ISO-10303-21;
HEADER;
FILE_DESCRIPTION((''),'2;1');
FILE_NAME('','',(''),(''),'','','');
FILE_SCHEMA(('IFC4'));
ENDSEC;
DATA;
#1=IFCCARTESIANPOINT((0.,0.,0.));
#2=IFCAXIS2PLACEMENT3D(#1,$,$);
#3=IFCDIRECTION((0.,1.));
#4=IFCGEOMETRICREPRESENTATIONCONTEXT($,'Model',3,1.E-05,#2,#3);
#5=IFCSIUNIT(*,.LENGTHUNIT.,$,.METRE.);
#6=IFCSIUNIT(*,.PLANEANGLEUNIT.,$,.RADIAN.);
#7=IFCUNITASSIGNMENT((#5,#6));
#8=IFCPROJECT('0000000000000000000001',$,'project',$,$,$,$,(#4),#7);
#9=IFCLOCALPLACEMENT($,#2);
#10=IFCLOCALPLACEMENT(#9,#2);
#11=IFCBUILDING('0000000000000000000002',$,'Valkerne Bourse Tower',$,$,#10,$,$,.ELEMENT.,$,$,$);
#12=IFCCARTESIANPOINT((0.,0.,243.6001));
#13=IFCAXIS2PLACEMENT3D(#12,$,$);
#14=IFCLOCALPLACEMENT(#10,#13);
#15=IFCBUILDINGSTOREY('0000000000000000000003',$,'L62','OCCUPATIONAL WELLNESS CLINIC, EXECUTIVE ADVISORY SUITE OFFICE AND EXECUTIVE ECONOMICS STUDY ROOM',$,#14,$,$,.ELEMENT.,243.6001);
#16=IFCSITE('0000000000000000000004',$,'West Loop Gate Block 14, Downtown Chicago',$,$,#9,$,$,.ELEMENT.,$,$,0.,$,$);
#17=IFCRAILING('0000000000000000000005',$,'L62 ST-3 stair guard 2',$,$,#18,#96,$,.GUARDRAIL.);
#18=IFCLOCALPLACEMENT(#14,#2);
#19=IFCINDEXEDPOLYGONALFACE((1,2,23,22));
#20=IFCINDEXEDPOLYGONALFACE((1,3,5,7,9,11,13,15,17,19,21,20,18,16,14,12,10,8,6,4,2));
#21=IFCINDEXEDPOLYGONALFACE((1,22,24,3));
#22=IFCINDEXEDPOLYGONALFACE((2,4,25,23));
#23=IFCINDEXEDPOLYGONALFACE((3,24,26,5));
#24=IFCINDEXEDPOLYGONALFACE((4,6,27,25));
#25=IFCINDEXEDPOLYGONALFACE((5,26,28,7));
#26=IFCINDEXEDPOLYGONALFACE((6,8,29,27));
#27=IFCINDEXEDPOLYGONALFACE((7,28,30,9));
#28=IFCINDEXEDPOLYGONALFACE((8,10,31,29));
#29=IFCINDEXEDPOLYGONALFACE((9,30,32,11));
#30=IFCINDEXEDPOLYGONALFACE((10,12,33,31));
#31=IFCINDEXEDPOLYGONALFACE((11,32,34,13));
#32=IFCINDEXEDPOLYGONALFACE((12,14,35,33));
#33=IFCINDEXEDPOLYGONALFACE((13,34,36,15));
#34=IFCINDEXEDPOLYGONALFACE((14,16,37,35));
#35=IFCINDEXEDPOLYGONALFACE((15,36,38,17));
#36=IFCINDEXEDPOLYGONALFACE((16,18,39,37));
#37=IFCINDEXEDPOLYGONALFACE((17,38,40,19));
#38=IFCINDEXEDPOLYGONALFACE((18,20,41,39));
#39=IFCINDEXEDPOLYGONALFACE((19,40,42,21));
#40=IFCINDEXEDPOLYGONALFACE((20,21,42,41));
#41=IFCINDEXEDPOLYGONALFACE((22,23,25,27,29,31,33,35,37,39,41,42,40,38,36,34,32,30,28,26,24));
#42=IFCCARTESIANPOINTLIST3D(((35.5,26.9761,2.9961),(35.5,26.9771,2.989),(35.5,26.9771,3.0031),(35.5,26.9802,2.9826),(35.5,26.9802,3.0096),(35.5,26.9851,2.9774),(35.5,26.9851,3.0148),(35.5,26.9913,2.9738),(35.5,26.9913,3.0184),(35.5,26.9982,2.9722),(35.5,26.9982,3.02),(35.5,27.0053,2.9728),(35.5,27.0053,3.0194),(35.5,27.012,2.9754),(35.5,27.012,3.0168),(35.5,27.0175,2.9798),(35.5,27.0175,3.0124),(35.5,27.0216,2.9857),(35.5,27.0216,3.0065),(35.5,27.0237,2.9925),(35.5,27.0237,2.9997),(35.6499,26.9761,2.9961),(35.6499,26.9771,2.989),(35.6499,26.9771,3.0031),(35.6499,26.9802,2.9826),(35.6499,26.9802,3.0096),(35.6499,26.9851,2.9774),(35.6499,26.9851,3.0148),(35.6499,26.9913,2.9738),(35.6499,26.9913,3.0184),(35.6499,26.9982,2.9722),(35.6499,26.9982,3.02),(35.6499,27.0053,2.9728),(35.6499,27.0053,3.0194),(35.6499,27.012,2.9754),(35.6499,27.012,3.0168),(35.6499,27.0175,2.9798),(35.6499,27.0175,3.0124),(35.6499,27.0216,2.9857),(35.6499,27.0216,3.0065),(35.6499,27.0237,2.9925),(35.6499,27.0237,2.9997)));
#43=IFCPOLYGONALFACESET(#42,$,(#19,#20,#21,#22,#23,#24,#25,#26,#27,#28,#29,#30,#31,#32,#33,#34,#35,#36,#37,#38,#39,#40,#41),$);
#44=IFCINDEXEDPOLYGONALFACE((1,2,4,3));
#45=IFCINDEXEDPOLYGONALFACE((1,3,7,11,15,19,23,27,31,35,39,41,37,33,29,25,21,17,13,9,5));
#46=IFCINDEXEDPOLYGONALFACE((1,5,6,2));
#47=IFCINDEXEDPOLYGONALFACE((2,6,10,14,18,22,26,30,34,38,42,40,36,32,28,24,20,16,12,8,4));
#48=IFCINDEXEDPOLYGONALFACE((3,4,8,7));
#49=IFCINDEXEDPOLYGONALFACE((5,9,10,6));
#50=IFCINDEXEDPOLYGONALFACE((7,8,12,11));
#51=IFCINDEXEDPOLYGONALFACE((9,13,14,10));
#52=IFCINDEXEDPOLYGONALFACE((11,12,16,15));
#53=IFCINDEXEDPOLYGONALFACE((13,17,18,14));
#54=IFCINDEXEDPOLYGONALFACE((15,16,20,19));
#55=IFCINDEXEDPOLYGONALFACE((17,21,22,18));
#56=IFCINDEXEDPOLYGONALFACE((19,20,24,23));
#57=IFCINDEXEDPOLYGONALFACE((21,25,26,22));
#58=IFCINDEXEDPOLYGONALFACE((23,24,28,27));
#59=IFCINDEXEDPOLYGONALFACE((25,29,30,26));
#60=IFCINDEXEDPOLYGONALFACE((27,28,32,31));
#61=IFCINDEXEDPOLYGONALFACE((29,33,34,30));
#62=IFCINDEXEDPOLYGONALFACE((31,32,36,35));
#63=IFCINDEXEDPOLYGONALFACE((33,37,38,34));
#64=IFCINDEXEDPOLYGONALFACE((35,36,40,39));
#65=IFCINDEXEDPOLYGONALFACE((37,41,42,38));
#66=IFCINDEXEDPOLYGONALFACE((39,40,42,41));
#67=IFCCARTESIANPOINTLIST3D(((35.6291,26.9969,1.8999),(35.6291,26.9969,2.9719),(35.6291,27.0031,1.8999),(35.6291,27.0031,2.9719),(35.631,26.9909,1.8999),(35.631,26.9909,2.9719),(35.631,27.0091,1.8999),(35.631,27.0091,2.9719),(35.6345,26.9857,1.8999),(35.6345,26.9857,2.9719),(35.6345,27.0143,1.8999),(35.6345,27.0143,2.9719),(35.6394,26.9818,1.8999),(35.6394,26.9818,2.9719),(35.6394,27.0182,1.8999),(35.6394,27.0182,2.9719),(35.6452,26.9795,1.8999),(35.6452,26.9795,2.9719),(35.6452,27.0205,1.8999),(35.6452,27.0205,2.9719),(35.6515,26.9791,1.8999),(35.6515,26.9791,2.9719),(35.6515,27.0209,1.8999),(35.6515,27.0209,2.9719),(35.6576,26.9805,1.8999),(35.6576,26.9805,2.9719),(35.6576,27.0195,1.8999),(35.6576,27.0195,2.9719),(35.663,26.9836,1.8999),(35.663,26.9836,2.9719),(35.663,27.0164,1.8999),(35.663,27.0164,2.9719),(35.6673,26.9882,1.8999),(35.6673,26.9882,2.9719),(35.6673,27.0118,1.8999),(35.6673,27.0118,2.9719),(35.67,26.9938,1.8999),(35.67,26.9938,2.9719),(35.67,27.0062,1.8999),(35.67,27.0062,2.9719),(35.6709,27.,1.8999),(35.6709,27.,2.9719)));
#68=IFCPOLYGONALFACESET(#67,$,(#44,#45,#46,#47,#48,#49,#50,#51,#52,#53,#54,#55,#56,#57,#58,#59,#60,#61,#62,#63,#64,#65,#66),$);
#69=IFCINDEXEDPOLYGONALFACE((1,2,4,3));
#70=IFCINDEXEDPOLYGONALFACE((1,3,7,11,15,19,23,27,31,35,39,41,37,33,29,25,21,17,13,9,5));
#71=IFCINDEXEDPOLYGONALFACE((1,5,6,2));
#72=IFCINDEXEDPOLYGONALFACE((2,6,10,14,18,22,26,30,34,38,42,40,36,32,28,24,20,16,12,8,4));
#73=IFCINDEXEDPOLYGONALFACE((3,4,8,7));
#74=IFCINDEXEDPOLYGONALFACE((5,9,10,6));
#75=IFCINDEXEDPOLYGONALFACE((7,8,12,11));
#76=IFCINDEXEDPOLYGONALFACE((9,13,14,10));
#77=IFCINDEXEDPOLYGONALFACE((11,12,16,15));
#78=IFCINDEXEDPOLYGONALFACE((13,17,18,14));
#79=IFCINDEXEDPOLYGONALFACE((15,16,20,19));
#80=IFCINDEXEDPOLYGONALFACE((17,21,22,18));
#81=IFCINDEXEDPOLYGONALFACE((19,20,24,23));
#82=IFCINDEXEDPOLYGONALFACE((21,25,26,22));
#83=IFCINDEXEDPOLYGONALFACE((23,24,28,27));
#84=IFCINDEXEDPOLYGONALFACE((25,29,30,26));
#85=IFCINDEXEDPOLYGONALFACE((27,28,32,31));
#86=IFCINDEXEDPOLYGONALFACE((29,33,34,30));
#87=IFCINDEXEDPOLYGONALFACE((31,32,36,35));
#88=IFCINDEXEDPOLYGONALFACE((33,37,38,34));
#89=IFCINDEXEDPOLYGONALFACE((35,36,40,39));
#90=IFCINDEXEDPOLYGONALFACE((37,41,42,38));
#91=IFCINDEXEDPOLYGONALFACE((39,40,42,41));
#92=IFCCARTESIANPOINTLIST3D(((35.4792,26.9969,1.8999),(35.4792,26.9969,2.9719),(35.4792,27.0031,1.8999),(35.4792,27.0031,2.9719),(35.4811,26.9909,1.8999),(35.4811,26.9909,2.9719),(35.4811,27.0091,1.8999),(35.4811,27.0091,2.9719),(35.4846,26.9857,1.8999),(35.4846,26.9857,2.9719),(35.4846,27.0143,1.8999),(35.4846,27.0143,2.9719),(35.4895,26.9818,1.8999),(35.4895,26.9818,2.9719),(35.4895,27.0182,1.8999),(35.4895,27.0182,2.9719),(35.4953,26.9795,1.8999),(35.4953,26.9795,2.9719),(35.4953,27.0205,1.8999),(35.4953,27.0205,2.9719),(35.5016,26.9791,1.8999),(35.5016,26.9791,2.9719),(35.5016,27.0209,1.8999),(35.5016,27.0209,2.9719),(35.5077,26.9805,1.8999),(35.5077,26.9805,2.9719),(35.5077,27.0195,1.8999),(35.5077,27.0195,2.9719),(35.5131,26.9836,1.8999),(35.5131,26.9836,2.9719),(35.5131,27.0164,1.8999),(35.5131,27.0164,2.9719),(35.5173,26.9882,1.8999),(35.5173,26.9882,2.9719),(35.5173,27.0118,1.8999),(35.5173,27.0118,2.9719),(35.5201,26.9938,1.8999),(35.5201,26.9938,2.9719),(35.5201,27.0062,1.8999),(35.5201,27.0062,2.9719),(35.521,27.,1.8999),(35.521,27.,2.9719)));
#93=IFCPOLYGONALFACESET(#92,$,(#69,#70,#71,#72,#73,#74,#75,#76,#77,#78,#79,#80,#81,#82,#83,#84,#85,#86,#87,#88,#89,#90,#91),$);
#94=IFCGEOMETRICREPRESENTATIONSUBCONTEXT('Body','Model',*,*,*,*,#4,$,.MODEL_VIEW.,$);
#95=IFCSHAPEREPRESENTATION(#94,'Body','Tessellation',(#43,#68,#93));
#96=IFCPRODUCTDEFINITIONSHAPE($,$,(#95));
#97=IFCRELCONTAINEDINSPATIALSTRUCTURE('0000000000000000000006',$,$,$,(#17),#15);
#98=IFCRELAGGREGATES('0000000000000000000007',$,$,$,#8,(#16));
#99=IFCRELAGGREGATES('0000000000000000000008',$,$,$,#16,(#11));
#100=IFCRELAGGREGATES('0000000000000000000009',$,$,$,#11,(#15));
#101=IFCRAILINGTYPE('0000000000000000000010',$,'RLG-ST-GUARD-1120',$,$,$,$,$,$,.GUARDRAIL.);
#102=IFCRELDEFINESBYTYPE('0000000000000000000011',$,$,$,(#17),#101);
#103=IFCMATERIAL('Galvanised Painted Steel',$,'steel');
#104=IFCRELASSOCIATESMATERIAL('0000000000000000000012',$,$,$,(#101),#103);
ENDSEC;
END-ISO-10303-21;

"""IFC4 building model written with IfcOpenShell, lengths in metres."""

from ifc_helpers import new_model, si_unit, direction, frame, origin, origin_2d, place, context, subcontext, project, spatial, circle, extrude, material, type_object, element, save


model = new_model("IFC4")

# Units and contexts
model_context = context("Model", 3, precision=1e-05, world=origin(), true_north=direction((0.0, 1.0)))
body_context = subcontext(model_context, "Body", "Model", "MODEL_VIEW")
ifc_project = project(units=[si_unit("LENGTHUNIT", "METRE"), si_unit("PLANEANGLEUNIT", "RADIAN")], contexts=[model_context])

# Site, building, storey
site_placement = place(None, origin())
site = spatial("IfcSite", under=ifc_project, at=site_placement, Name="West Loop Gate Block 14, Downtown Chicago", CompositionType="ELEMENT", RefElevation=0.0)
building_placement = place(site_placement, origin())
building = spatial("IfcBuilding", under=site, at=building_placement, Name="Valkerne Bourse Tower", CompositionType="ELEMENT")
storey_placement = place(building_placement, frame((0.0, 0.0, 243.6001)))
storey = spatial("IfcBuildingStorey", under=building, at=storey_placement, Name="L62", Description="OCCUPATIONAL WELLNESS CLINIC, EXECUTIVE ADVISORY SUITE OFFICE AND EXECUTIVE ECONOMICS STUDY ROOM", CompositionType="ELEMENT", Elevation=243.6001)

# Railing
ifc_material_1 = material(Name="Galvanised Painted Steel", Category="steel")
railing_type_1 = type_object("IfcRailingType", Name="RLG-ST-GUARD-1120", PredefinedType="GUARDRAIL", material=ifc_material_1)
railing_1_placement = place(storey_placement, frame((35.6499, 27.0, 1.8999)))
element("IfcRailing", 1, at=railing_1_placement, inside=storey, type_object=railing_type_1, Name="L62 ST-3 stair guard 2", PredefinedType="GUARDRAIL", context=body_context, shape_type="SweptSolid", body=[
    extrude(circle(Radius=0.0239, at=origin_2d()), frame((0.0, 0.0, 1.0962), z_axis=(-1.0, 0.0, 0.0), x_axis=(0.0, -1.0, 0.0)), (0.0, 0.0, 1.0), 0.1499),
    extrude(circle(Radius=0.021, at=origin_2d()), origin(), (0.0, 0.0, 1.0), 1.072),
    extrude(circle(Radius=0.021, at=origin_2d()), frame((-0.1499, 0.0, 0.0)), (0.0, 0.0, 1.0), 1.072),
])

save(model, "model.ifc")
